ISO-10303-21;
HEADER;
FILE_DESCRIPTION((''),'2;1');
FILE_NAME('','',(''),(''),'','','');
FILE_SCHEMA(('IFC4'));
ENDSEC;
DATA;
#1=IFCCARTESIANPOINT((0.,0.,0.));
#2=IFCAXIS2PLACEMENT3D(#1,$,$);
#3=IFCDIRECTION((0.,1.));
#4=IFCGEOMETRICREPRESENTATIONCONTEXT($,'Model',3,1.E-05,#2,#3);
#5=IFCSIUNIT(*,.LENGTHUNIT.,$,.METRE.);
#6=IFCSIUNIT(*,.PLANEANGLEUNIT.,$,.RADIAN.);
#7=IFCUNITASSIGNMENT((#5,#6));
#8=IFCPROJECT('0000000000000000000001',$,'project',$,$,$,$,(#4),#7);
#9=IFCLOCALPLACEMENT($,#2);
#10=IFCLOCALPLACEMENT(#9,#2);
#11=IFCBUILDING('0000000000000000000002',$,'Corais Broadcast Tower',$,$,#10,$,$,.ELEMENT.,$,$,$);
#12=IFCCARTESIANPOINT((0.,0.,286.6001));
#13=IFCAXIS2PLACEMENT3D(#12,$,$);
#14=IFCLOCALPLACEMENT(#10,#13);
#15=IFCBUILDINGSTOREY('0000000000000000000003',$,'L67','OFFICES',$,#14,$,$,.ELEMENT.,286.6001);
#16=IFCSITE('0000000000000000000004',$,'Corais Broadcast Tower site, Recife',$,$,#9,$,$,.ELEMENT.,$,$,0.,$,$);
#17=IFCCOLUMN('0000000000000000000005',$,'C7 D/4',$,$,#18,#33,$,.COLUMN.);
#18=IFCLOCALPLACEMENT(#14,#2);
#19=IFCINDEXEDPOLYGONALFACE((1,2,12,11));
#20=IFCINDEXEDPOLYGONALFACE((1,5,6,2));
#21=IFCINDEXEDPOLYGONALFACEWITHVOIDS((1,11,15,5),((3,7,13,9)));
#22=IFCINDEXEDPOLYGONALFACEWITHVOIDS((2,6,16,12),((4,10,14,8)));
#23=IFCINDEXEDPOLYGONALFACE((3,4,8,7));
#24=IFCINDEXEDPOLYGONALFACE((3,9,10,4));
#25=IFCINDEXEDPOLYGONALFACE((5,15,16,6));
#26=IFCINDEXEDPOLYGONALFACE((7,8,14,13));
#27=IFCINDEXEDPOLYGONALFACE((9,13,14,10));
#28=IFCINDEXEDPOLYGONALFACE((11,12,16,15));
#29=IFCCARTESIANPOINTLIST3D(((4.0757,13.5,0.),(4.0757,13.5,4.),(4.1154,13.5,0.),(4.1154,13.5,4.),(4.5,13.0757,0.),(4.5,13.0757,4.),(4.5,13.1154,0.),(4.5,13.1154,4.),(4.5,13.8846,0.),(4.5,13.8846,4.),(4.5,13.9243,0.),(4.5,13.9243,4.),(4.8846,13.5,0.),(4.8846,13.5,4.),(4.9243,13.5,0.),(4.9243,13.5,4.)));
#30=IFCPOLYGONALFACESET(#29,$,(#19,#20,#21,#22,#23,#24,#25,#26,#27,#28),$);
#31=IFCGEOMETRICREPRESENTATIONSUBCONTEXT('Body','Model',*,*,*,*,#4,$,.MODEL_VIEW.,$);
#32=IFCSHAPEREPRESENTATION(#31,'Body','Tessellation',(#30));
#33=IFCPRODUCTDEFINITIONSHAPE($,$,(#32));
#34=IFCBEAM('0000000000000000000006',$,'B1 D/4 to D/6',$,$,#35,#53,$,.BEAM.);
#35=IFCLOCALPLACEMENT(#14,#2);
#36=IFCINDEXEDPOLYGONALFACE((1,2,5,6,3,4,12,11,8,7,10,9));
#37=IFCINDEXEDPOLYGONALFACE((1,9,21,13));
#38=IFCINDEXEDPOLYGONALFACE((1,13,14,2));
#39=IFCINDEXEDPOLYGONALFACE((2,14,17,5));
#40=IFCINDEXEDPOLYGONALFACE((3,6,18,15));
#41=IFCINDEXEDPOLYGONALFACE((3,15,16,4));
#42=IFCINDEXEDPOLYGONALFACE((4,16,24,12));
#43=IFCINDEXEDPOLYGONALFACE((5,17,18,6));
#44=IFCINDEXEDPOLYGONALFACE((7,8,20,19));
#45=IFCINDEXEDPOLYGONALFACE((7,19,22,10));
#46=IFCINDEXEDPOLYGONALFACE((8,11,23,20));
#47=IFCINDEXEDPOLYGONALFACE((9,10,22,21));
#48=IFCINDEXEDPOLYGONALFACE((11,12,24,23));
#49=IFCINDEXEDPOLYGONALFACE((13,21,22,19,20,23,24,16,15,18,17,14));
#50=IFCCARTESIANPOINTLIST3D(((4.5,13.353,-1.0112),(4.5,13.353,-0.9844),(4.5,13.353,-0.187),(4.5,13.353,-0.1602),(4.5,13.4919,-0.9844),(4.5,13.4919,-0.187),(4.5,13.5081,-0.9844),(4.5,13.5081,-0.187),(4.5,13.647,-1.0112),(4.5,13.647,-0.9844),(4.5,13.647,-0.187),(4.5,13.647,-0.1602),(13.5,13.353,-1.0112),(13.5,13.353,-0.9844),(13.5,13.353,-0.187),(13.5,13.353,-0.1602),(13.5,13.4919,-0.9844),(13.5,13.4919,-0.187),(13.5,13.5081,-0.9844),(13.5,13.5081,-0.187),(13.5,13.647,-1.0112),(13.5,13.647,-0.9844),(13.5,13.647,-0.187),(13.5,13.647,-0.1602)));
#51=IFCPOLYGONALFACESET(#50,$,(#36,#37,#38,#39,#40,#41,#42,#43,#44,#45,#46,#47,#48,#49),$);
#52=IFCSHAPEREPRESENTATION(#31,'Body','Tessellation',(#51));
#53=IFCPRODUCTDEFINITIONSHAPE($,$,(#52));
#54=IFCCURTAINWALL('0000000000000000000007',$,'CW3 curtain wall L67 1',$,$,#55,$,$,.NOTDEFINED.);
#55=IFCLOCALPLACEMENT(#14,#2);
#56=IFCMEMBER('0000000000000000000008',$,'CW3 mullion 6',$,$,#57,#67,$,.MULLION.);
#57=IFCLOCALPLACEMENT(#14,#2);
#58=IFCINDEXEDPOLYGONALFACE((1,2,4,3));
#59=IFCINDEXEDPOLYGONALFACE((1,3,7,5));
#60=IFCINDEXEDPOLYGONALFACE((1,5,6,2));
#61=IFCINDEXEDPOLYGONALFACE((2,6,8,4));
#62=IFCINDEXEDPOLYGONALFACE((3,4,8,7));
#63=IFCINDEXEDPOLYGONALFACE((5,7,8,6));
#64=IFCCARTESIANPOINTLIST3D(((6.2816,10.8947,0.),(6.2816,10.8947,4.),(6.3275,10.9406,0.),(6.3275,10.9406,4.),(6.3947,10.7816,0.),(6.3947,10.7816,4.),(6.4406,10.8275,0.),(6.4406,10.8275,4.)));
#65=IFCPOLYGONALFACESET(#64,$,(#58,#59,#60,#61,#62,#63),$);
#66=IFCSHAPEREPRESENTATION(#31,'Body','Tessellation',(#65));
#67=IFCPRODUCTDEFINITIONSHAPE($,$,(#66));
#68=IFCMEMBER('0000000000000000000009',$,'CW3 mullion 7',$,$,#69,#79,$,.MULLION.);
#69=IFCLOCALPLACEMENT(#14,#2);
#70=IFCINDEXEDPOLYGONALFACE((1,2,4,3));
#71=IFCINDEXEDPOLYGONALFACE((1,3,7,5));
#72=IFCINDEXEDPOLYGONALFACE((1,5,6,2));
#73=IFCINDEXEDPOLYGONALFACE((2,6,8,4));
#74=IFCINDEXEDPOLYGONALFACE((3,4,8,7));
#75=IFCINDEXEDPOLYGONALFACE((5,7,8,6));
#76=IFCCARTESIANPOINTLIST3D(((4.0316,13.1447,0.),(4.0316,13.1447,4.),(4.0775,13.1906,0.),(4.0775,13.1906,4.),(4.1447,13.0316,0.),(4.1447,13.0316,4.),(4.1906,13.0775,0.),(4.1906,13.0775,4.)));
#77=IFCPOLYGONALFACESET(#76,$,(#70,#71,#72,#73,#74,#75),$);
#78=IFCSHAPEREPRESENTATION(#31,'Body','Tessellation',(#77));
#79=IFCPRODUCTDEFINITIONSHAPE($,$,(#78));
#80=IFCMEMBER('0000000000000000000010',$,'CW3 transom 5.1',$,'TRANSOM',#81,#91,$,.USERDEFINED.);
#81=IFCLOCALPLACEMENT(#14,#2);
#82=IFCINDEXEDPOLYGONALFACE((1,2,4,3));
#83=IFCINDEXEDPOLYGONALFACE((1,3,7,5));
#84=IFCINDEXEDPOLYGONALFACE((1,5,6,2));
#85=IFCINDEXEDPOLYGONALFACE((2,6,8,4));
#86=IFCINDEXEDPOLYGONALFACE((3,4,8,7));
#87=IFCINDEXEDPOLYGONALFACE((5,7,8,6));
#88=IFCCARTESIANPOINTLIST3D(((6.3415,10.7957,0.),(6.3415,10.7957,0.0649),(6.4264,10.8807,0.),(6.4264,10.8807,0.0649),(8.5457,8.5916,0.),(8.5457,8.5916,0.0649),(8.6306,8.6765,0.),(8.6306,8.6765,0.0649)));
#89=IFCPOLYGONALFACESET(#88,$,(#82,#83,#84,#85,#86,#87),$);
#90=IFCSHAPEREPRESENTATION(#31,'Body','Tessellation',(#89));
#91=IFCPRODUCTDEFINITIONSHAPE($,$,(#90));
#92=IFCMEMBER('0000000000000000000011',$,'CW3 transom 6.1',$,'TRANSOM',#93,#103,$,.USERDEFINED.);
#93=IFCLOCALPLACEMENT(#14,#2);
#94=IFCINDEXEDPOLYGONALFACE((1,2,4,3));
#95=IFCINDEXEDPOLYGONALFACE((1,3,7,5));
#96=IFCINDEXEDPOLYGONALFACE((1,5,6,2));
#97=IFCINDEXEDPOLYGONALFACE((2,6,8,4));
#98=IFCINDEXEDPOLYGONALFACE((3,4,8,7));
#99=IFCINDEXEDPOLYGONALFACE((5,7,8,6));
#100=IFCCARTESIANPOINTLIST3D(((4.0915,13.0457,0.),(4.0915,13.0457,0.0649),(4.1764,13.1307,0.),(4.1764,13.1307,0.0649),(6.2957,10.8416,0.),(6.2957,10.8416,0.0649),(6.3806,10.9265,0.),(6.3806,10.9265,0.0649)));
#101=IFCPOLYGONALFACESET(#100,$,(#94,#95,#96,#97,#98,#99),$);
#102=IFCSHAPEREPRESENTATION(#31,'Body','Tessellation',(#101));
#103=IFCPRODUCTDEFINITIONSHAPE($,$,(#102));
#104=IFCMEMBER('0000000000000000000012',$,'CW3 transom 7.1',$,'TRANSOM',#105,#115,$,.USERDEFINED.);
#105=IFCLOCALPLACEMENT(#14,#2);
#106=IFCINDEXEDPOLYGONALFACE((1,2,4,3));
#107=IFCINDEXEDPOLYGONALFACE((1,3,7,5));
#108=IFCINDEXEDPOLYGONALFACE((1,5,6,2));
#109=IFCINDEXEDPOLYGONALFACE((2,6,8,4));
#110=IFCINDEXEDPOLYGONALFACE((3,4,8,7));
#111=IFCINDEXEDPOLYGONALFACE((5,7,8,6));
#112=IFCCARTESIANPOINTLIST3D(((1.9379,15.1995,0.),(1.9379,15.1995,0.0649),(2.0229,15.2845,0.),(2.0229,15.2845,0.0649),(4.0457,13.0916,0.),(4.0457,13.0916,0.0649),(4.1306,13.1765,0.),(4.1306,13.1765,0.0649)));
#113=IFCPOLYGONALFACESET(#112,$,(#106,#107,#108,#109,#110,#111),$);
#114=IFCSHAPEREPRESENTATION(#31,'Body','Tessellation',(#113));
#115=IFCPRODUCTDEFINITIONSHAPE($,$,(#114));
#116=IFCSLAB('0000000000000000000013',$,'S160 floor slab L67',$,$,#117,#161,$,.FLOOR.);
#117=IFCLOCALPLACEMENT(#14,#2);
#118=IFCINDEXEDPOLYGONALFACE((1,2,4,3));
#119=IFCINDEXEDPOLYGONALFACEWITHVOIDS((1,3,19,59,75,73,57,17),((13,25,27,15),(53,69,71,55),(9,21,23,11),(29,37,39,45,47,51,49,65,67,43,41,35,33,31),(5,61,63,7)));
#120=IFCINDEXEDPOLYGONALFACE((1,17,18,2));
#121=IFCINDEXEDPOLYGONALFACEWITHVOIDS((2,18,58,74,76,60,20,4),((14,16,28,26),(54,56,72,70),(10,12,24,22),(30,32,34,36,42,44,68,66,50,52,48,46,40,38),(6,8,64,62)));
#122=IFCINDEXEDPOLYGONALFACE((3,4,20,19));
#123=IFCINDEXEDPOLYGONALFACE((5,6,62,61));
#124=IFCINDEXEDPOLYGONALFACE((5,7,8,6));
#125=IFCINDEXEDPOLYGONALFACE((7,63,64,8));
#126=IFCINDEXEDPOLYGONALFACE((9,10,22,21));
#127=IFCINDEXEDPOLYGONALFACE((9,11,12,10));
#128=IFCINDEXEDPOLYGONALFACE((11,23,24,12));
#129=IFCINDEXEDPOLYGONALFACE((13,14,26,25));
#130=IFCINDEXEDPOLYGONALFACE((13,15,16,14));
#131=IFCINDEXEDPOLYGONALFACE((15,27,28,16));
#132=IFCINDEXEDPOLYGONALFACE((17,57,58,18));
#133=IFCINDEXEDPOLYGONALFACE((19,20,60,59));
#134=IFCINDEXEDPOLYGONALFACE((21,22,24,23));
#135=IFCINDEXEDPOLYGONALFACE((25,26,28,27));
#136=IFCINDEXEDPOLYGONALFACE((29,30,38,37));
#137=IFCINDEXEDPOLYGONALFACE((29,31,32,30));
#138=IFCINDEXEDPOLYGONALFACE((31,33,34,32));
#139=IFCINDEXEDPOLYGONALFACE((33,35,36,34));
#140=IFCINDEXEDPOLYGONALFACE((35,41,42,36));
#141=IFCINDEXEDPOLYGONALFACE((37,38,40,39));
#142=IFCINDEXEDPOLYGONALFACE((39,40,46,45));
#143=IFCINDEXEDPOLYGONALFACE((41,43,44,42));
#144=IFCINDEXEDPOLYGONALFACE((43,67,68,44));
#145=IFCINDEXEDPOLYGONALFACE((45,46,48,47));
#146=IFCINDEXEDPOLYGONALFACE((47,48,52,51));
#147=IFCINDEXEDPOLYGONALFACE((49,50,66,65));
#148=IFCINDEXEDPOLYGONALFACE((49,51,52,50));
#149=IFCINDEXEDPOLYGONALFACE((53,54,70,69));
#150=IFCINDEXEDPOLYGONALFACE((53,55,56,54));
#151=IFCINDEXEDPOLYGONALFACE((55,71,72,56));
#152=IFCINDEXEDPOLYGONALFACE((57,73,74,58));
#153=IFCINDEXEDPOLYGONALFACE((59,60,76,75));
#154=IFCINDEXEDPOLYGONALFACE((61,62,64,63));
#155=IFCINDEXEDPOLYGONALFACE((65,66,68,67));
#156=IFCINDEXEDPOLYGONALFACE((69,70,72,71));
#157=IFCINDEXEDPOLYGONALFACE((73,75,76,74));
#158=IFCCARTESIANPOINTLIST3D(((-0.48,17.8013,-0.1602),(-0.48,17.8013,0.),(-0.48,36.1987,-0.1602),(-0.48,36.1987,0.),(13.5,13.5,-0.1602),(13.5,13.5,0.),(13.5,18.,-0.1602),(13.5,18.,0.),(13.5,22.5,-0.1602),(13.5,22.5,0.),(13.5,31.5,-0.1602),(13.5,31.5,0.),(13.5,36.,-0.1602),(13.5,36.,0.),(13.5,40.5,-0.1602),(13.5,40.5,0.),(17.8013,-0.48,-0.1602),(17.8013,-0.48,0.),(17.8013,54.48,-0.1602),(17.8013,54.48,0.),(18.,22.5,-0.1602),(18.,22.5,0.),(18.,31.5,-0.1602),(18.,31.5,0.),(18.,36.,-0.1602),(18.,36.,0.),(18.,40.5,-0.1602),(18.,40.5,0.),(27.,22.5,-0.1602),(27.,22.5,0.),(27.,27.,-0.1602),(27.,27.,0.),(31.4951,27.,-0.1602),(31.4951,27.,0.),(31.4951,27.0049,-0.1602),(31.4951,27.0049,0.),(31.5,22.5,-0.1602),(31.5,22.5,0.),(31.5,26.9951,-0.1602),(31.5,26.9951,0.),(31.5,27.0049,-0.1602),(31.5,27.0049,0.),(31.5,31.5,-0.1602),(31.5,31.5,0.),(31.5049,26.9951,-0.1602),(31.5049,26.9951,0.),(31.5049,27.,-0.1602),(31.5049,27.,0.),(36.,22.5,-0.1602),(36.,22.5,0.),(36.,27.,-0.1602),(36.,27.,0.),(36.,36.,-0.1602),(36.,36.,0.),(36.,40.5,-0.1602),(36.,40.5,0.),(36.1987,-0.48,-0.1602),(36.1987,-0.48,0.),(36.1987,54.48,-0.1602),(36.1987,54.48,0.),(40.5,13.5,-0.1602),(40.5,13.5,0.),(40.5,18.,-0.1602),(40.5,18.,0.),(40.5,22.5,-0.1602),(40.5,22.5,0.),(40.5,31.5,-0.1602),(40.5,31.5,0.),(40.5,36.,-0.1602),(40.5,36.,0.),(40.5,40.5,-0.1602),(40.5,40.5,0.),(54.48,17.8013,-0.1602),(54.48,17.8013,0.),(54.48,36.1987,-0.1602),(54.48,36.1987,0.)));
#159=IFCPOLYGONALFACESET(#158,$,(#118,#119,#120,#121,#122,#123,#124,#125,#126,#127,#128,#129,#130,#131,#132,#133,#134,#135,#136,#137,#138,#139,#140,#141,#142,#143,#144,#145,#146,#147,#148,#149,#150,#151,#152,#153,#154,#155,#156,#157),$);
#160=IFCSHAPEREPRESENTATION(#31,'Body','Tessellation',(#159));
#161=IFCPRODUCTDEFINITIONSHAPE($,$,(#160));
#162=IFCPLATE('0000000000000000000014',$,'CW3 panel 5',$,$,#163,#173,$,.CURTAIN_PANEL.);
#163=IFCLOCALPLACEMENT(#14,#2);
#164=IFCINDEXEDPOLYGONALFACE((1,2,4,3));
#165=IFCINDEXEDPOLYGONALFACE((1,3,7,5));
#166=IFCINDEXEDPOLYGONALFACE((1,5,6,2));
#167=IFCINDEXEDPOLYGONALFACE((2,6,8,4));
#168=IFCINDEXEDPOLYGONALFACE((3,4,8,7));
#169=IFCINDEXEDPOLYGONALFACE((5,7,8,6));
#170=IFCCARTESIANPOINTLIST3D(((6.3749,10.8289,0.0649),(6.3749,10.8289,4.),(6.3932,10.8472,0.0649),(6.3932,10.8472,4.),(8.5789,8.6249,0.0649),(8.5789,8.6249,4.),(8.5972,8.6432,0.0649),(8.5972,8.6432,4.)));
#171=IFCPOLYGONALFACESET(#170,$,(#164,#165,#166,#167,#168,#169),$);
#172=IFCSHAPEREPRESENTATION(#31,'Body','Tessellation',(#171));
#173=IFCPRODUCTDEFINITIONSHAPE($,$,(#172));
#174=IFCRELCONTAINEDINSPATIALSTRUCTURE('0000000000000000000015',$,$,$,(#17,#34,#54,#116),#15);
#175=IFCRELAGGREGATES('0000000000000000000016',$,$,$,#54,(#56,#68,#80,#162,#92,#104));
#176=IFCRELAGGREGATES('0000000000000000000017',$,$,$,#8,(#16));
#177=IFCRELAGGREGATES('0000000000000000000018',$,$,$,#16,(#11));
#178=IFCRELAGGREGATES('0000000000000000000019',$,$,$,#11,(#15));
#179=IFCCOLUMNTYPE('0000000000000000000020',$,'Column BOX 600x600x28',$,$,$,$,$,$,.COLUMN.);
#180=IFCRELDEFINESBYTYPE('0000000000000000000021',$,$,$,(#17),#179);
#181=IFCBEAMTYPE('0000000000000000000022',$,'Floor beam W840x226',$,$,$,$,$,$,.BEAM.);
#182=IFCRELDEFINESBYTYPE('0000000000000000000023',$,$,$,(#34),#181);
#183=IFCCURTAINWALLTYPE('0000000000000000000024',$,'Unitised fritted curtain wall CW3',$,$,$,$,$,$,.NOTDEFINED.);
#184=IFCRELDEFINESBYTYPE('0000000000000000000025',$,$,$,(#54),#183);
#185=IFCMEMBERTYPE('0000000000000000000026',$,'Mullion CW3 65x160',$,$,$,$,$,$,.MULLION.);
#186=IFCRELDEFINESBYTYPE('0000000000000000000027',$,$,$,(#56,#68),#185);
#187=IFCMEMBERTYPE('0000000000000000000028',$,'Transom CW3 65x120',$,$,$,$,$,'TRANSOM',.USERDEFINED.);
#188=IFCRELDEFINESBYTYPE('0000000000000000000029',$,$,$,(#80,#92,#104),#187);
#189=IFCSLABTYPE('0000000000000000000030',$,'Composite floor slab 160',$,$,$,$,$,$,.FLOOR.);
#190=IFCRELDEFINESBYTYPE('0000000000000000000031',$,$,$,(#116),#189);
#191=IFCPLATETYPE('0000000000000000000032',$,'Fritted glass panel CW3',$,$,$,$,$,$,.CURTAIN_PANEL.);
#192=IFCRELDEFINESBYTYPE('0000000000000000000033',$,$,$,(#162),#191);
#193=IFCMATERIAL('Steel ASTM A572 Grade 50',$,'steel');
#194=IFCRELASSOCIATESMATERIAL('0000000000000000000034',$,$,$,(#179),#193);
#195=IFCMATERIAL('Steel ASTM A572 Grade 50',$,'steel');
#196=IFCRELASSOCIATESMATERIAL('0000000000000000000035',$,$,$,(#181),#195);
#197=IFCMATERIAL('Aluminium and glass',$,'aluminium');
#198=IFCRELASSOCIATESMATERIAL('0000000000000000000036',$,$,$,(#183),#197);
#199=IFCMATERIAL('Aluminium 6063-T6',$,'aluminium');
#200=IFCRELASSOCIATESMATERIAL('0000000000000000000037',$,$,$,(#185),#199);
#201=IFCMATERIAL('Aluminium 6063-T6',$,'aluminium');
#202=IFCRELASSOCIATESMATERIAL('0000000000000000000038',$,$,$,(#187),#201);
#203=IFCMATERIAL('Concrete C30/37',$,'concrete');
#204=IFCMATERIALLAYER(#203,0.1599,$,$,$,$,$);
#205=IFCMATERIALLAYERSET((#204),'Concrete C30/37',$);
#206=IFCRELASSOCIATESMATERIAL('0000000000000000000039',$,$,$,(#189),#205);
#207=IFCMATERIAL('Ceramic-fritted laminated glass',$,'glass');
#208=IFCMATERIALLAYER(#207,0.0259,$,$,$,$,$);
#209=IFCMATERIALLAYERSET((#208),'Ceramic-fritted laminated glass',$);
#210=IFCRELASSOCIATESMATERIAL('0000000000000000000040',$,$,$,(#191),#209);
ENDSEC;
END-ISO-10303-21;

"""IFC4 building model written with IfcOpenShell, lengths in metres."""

from ifc_helpers import new_model, si_unit, direction, frame, origin, origin_2d, place, context, subcontext, project, spatial, polyline, rectangle, hollow_rectangle, i_section, outline, extrude, material, layer, layer_set, material_profile, profile_set, type_object, element, aggregate, save


model = new_model("IFC4")

# Units and contexts
model_context = context("Model", 3, precision=1e-05, world=origin(), true_north=direction((0.0, 1.0)))
body_context = subcontext(model_context, "Body", "Model", "MODEL_VIEW")
ifc_project = project(units=[si_unit("LENGTHUNIT", "METRE"), si_unit("PLANEANGLEUNIT", "RADIAN")], contexts=[model_context])

# Site, building, storey
site_placement = place(None, origin())
site = spatial("IfcSite", under=ifc_project, at=site_placement, Name="Corais Broadcast Tower site, Recife", CompositionType="ELEMENT", RefElevation=0.0)
building_placement = place(site_placement, origin())
building = spatial("IfcBuilding", under=site, at=building_placement, Name="Corais Broadcast Tower", CompositionType="ELEMENT")
storey_placement = place(building_placement, frame((0.0, 0.0, 286.6001)))
storey = spatial("IfcBuildingStorey", under=building, at=storey_placement, Name="L67", Description="OFFICES", CompositionType="ELEMENT", Elevation=286.6001)

# Column
ifc_material_1 = material(Name="Steel ASTM A572 Grade 50", Category="steel")
ifc_material_profile_1 = material_profile(ifc_material_1, hollow_rectangle(XDim=0.6001, YDim=0.6001, WallThickness=0.0281, at=origin_2d()), Name="BOX 600x600x28")
ifc_profile_set_1 = profile_set([ifc_material_profile_1], Name="Steel ASTM A572 Grade 50")
column_type = type_object("IfcColumnType", Name="Column BOX 600x600x28", PredefinedType="COLUMN", material=ifc_profile_set_1)
column_placement = place(storey_placement, frame((4.5, 13.5, 0.0), z_axis=(0.0, 0.0, 1.0), x_axis=(0.707107, 0.707107, 0.0)))
element("IfcColumn", 1, at=column_placement, inside=storey, type_object=column_type, Name="C7 D/4", PredefinedType="COLUMN", context=body_context, shape_type="SweptSolid", body=[
    extrude(hollow_rectangle(XDim=0.6001, YDim=0.6001, WallThickness=0.0281, at=origin_2d()), origin(), (0.0, 0.0, 1.0), 4.0),
])

# Beam
ifc_material_2 = material(Name="Steel ASTM A572 Grade 50", Category="steel")
ifc_material_profile_2 = material_profile(ifc_material_2, i_section(OverallWidth=0.2939, OverallDepth=0.8511, WebThickness=0.0161, FlangeThickness=0.0269, at=origin_2d()), Name="W840x226")
ifc_profile_set_2 = profile_set([ifc_material_profile_2], Name="Steel ASTM A572 Grade 50")
beam_type = type_object("IfcBeamType", Name="Floor beam W840x226", PredefinedType="BEAM", material=ifc_profile_set_2)
beam_placement = place(storey_placement, frame((4.5, 13.5, -0.5857), z_axis=(1.0, 0.0, 0.0), x_axis=(0.0, 1.0, 0.0)))
element("IfcBeam", 2, at=beam_placement, inside=storey, type_object=beam_type, Name="B1 D/4 to D/6", PredefinedType="BEAM", context=body_context, shape_type="SweptSolid", body=[
    extrude(i_section(OverallWidth=0.2939, OverallDepth=0.8511, WebThickness=0.0161, FlangeThickness=0.0269, at=origin_2d()), origin(), (0.0, 0.0, 1.0), 9.0),
])

# Curtain wall, members
ifc_material_3 = material(Name="Aluminium and glass", Category="aluminium")
curtain_wall_type = type_object("IfcCurtainWallType", Name="Unitised fritted curtain wall CW3", PredefinedType="NOTDEFINED", material=ifc_material_3)
curtain_wall_placement = place(storey_placement, origin())
curtain_wall = element("IfcCurtainWall", 3, at=curtain_wall_placement, inside=storey, type_object=curtain_wall_type, Name="CW3 curtain wall L67 1", PredefinedType="NOTDEFINED")
ifc_material_4 = material(Name="Aluminium 6063-T6", Category="aluminium")
ifc_material_profile_3 = material_profile(ifc_material_4, rectangle(XDim=0.0649, YDim=0.1599, at=origin_2d()), Name="Mullion CW3 65x160")
ifc_profile_set_3 = profile_set([ifc_material_profile_3], Name="Aluminium 6063-T6")
member_type_1 = type_object("IfcMemberType", Name="Mullion CW3 65x160", PredefinedType="MULLION", material=ifc_profile_set_3)
member_1_placement = place(storey_placement, frame((6.3611, 10.8611, 0.0), z_axis=(0.0, 0.0, 1.0), x_axis=(-0.707107, -0.707107, 0.0)))
member_1 = element("IfcMember", 4, at=member_1_placement, type_object=member_type_1, Name="CW3 mullion 6", PredefinedType="MULLION", context=body_context, shape_type="SweptSolid", body=[
    extrude(rectangle(XDim=0.0649, YDim=0.1599, at=origin_2d()), origin(), (0.0, 0.0, 1.0), 4.0),
])
member_2_placement = place(storey_placement, frame((4.1111, 13.1111, 0.0), z_axis=(0.0, 0.0, 1.0), x_axis=(-0.707107, -0.707107, 0.0)))
member_2 = element("IfcMember", 5, at=member_2_placement, type_object=member_type_1, Name="CW3 mullion 7", PredefinedType="MULLION", context=body_context, shape_type="SweptSolid", body=[
    extrude(rectangle(XDim=0.0649, YDim=0.1599, at=origin_2d()), origin(), (0.0, 0.0, 1.0), 4.0),
])
ifc_material_5 = material(Name="Aluminium 6063-T6", Category="aluminium")
ifc_material_profile_4 = material_profile(ifc_material_5, rectangle(XDim=0.1201, YDim=0.0649, at=origin_2d()), Name="Transom CW3 65x120")
ifc_profile_set_4 = profile_set([ifc_material_profile_4], Name="Aluminium 6063-T6")
member_type_2 = type_object("IfcMemberType", Name="Transom CW3 65x120", ElementType="TRANSOM", PredefinedType="USERDEFINED", material=ifc_profile_set_4)
member_3_placement = place(storey_placement, frame((8.5881, 8.634, 0.0325), z_axis=(-0.707107, 0.707107, 0.0), x_axis=(-0.707107, -0.707107, 0.0)))
member_3 = element("IfcMember", 6, at=member_3_placement, type_object=member_type_2, Name="CW3 transom 5.1", ObjectType="TRANSOM", PredefinedType="USERDEFINED", context=body_context, shape_type="SweptSolid", body=[
    extrude(rectangle(XDim=0.1201, YDim=0.0649, at=origin_2d()), origin(), (0.0, 0.0, 1.0), 3.1172),
])
member_4_placement = place(storey_placement, frame((6.3381, 10.884, 0.0325), z_axis=(-0.707107, 0.707107, 0.0), x_axis=(-0.707107, -0.707107, 0.0)))
member_4 = element("IfcMember", 7, at=member_4_placement, type_object=member_type_2, Name="CW3 transom 6.1", ObjectType="TRANSOM", PredefinedType="USERDEFINED", context=body_context, shape_type="SweptSolid", body=[
    extrude(rectangle(XDim=0.1201, YDim=0.0649, at=origin_2d()), origin(), (0.0, 0.0, 1.0), 3.1172),
])
member_5_placement = place(storey_placement, frame((4.0881, 13.134, 0.0325), z_axis=(-0.707066, 0.707148, 0.0), x_axis=(-0.707148, -0.707066, 0.0)))
member_5 = element("IfcMember", 8, at=member_5_placement, type_object=member_type_2, Name="CW3 transom 7.1", ObjectType="TRANSOM", PredefinedType="USERDEFINED", context=body_context, shape_type="SweptSolid", body=[
    extrude(rectangle(XDim=0.1201, YDim=0.0649, at=origin_2d()), origin(), (0.0, 0.0, 1.0), 2.981),
])

# Slab
ifc_material_6 = material(Name="Concrete C30/37", Category="concrete")
ifc_layer_1 = layer(ifc_material_6, 0.1599)
ifc_layer_set_1 = layer_set([ifc_layer_1], Name="Concrete C30/37")
slab_type_1 = type_object("IfcSlabType", Name="Composite floor slab 160", PredefinedType="FLOOR", material=ifc_layer_set_1)
slab_1_placement = place(storey_placement, frame((0.0, 0.0, -0.1602)))
element("IfcSlab", 9, at=slab_1_placement, inside=storey, type_object=slab_type_1, Name="S160 floor slab L67", PredefinedType="FLOOR", context=body_context, shape_type="SweptSolid", body=[
    extrude(outline(polyline([(17.8013, -0.48), (-0.48, 17.8013), (-0.48, 36.1987), (17.8013, 54.48), (36.1987, 54.48), (54.48, 36.1987), (54.48, 17.8013), (36.1987, -0.48), (17.8013, -0.48)]), holes=[polyline([(13.5, 18.0), (40.5, 18.0), (40.5, 13.5), (13.5, 13.5), (13.5, 18.0)]), polyline([(18.0, 22.5), (13.5, 22.5), (13.5, 31.5), (18.0, 31.5), (18.0, 22.5)]), polyline([(18.0, 36.0), (13.5, 36.0), (13.5, 40.5), (18.0, 40.5), (18.0, 36.0)]), polyline([(31.5, 22.5), (27.0, 22.5), (27.0, 27.0), (31.4951, 27.0), (31.4951, 27.0049), (31.5, 27.0049), (31.5, 31.5), (40.5, 31.5), (40.5, 22.5), (36.0, 22.5), (36.0, 27.0), (31.5049, 27.0), (31.5049, 26.9951), (31.5, 26.9951), (31.5, 22.5)]), polyline([(40.5, 36.0), (36.0, 36.0), (36.0, 40.5), (40.5, 40.5), (40.5, 36.0)])]), origin(), (0.0, 0.0, 1.0), 0.1602),
])

# Plate
ifc_material_7 = material(Name="Ceramic-fritted laminated glass", Category="glass")
ifc_layer_2 = layer(ifc_material_7, 0.0259)
ifc_layer_set_2 = layer_set([ifc_layer_2], Name="Ceramic-fritted laminated glass")
plate_type_1 = type_object("IfcPlateType", Name="Fritted glass panel CW3", PredefinedType="CURTAIN_PANEL", material=ifc_layer_set_2)
plate_1_placement = place(storey_placement, frame((7.4861, 9.7361, 0.0649), z_axis=(0.0, 0.0, 1.0), x_axis=(-0.707107, 0.707107, 0.0)))
plate_1 = element("IfcPlate", 10, at=plate_1_placement, type_object=plate_type_1, Name="CW3 panel 5", PredefinedType="CURTAIN_PANEL", context=body_context, shape_type="SweptSolid", body=[
    extrude(rectangle(XDim=3.1169, YDim=0.0259, at=origin_2d()), origin(), (0.0, 0.0, 1.0), 3.9351),
])
aggregate(curtain_wall, [member_1, member_2, member_3, plate_1, member_4, member_5])

save(model, "model.ifc")
